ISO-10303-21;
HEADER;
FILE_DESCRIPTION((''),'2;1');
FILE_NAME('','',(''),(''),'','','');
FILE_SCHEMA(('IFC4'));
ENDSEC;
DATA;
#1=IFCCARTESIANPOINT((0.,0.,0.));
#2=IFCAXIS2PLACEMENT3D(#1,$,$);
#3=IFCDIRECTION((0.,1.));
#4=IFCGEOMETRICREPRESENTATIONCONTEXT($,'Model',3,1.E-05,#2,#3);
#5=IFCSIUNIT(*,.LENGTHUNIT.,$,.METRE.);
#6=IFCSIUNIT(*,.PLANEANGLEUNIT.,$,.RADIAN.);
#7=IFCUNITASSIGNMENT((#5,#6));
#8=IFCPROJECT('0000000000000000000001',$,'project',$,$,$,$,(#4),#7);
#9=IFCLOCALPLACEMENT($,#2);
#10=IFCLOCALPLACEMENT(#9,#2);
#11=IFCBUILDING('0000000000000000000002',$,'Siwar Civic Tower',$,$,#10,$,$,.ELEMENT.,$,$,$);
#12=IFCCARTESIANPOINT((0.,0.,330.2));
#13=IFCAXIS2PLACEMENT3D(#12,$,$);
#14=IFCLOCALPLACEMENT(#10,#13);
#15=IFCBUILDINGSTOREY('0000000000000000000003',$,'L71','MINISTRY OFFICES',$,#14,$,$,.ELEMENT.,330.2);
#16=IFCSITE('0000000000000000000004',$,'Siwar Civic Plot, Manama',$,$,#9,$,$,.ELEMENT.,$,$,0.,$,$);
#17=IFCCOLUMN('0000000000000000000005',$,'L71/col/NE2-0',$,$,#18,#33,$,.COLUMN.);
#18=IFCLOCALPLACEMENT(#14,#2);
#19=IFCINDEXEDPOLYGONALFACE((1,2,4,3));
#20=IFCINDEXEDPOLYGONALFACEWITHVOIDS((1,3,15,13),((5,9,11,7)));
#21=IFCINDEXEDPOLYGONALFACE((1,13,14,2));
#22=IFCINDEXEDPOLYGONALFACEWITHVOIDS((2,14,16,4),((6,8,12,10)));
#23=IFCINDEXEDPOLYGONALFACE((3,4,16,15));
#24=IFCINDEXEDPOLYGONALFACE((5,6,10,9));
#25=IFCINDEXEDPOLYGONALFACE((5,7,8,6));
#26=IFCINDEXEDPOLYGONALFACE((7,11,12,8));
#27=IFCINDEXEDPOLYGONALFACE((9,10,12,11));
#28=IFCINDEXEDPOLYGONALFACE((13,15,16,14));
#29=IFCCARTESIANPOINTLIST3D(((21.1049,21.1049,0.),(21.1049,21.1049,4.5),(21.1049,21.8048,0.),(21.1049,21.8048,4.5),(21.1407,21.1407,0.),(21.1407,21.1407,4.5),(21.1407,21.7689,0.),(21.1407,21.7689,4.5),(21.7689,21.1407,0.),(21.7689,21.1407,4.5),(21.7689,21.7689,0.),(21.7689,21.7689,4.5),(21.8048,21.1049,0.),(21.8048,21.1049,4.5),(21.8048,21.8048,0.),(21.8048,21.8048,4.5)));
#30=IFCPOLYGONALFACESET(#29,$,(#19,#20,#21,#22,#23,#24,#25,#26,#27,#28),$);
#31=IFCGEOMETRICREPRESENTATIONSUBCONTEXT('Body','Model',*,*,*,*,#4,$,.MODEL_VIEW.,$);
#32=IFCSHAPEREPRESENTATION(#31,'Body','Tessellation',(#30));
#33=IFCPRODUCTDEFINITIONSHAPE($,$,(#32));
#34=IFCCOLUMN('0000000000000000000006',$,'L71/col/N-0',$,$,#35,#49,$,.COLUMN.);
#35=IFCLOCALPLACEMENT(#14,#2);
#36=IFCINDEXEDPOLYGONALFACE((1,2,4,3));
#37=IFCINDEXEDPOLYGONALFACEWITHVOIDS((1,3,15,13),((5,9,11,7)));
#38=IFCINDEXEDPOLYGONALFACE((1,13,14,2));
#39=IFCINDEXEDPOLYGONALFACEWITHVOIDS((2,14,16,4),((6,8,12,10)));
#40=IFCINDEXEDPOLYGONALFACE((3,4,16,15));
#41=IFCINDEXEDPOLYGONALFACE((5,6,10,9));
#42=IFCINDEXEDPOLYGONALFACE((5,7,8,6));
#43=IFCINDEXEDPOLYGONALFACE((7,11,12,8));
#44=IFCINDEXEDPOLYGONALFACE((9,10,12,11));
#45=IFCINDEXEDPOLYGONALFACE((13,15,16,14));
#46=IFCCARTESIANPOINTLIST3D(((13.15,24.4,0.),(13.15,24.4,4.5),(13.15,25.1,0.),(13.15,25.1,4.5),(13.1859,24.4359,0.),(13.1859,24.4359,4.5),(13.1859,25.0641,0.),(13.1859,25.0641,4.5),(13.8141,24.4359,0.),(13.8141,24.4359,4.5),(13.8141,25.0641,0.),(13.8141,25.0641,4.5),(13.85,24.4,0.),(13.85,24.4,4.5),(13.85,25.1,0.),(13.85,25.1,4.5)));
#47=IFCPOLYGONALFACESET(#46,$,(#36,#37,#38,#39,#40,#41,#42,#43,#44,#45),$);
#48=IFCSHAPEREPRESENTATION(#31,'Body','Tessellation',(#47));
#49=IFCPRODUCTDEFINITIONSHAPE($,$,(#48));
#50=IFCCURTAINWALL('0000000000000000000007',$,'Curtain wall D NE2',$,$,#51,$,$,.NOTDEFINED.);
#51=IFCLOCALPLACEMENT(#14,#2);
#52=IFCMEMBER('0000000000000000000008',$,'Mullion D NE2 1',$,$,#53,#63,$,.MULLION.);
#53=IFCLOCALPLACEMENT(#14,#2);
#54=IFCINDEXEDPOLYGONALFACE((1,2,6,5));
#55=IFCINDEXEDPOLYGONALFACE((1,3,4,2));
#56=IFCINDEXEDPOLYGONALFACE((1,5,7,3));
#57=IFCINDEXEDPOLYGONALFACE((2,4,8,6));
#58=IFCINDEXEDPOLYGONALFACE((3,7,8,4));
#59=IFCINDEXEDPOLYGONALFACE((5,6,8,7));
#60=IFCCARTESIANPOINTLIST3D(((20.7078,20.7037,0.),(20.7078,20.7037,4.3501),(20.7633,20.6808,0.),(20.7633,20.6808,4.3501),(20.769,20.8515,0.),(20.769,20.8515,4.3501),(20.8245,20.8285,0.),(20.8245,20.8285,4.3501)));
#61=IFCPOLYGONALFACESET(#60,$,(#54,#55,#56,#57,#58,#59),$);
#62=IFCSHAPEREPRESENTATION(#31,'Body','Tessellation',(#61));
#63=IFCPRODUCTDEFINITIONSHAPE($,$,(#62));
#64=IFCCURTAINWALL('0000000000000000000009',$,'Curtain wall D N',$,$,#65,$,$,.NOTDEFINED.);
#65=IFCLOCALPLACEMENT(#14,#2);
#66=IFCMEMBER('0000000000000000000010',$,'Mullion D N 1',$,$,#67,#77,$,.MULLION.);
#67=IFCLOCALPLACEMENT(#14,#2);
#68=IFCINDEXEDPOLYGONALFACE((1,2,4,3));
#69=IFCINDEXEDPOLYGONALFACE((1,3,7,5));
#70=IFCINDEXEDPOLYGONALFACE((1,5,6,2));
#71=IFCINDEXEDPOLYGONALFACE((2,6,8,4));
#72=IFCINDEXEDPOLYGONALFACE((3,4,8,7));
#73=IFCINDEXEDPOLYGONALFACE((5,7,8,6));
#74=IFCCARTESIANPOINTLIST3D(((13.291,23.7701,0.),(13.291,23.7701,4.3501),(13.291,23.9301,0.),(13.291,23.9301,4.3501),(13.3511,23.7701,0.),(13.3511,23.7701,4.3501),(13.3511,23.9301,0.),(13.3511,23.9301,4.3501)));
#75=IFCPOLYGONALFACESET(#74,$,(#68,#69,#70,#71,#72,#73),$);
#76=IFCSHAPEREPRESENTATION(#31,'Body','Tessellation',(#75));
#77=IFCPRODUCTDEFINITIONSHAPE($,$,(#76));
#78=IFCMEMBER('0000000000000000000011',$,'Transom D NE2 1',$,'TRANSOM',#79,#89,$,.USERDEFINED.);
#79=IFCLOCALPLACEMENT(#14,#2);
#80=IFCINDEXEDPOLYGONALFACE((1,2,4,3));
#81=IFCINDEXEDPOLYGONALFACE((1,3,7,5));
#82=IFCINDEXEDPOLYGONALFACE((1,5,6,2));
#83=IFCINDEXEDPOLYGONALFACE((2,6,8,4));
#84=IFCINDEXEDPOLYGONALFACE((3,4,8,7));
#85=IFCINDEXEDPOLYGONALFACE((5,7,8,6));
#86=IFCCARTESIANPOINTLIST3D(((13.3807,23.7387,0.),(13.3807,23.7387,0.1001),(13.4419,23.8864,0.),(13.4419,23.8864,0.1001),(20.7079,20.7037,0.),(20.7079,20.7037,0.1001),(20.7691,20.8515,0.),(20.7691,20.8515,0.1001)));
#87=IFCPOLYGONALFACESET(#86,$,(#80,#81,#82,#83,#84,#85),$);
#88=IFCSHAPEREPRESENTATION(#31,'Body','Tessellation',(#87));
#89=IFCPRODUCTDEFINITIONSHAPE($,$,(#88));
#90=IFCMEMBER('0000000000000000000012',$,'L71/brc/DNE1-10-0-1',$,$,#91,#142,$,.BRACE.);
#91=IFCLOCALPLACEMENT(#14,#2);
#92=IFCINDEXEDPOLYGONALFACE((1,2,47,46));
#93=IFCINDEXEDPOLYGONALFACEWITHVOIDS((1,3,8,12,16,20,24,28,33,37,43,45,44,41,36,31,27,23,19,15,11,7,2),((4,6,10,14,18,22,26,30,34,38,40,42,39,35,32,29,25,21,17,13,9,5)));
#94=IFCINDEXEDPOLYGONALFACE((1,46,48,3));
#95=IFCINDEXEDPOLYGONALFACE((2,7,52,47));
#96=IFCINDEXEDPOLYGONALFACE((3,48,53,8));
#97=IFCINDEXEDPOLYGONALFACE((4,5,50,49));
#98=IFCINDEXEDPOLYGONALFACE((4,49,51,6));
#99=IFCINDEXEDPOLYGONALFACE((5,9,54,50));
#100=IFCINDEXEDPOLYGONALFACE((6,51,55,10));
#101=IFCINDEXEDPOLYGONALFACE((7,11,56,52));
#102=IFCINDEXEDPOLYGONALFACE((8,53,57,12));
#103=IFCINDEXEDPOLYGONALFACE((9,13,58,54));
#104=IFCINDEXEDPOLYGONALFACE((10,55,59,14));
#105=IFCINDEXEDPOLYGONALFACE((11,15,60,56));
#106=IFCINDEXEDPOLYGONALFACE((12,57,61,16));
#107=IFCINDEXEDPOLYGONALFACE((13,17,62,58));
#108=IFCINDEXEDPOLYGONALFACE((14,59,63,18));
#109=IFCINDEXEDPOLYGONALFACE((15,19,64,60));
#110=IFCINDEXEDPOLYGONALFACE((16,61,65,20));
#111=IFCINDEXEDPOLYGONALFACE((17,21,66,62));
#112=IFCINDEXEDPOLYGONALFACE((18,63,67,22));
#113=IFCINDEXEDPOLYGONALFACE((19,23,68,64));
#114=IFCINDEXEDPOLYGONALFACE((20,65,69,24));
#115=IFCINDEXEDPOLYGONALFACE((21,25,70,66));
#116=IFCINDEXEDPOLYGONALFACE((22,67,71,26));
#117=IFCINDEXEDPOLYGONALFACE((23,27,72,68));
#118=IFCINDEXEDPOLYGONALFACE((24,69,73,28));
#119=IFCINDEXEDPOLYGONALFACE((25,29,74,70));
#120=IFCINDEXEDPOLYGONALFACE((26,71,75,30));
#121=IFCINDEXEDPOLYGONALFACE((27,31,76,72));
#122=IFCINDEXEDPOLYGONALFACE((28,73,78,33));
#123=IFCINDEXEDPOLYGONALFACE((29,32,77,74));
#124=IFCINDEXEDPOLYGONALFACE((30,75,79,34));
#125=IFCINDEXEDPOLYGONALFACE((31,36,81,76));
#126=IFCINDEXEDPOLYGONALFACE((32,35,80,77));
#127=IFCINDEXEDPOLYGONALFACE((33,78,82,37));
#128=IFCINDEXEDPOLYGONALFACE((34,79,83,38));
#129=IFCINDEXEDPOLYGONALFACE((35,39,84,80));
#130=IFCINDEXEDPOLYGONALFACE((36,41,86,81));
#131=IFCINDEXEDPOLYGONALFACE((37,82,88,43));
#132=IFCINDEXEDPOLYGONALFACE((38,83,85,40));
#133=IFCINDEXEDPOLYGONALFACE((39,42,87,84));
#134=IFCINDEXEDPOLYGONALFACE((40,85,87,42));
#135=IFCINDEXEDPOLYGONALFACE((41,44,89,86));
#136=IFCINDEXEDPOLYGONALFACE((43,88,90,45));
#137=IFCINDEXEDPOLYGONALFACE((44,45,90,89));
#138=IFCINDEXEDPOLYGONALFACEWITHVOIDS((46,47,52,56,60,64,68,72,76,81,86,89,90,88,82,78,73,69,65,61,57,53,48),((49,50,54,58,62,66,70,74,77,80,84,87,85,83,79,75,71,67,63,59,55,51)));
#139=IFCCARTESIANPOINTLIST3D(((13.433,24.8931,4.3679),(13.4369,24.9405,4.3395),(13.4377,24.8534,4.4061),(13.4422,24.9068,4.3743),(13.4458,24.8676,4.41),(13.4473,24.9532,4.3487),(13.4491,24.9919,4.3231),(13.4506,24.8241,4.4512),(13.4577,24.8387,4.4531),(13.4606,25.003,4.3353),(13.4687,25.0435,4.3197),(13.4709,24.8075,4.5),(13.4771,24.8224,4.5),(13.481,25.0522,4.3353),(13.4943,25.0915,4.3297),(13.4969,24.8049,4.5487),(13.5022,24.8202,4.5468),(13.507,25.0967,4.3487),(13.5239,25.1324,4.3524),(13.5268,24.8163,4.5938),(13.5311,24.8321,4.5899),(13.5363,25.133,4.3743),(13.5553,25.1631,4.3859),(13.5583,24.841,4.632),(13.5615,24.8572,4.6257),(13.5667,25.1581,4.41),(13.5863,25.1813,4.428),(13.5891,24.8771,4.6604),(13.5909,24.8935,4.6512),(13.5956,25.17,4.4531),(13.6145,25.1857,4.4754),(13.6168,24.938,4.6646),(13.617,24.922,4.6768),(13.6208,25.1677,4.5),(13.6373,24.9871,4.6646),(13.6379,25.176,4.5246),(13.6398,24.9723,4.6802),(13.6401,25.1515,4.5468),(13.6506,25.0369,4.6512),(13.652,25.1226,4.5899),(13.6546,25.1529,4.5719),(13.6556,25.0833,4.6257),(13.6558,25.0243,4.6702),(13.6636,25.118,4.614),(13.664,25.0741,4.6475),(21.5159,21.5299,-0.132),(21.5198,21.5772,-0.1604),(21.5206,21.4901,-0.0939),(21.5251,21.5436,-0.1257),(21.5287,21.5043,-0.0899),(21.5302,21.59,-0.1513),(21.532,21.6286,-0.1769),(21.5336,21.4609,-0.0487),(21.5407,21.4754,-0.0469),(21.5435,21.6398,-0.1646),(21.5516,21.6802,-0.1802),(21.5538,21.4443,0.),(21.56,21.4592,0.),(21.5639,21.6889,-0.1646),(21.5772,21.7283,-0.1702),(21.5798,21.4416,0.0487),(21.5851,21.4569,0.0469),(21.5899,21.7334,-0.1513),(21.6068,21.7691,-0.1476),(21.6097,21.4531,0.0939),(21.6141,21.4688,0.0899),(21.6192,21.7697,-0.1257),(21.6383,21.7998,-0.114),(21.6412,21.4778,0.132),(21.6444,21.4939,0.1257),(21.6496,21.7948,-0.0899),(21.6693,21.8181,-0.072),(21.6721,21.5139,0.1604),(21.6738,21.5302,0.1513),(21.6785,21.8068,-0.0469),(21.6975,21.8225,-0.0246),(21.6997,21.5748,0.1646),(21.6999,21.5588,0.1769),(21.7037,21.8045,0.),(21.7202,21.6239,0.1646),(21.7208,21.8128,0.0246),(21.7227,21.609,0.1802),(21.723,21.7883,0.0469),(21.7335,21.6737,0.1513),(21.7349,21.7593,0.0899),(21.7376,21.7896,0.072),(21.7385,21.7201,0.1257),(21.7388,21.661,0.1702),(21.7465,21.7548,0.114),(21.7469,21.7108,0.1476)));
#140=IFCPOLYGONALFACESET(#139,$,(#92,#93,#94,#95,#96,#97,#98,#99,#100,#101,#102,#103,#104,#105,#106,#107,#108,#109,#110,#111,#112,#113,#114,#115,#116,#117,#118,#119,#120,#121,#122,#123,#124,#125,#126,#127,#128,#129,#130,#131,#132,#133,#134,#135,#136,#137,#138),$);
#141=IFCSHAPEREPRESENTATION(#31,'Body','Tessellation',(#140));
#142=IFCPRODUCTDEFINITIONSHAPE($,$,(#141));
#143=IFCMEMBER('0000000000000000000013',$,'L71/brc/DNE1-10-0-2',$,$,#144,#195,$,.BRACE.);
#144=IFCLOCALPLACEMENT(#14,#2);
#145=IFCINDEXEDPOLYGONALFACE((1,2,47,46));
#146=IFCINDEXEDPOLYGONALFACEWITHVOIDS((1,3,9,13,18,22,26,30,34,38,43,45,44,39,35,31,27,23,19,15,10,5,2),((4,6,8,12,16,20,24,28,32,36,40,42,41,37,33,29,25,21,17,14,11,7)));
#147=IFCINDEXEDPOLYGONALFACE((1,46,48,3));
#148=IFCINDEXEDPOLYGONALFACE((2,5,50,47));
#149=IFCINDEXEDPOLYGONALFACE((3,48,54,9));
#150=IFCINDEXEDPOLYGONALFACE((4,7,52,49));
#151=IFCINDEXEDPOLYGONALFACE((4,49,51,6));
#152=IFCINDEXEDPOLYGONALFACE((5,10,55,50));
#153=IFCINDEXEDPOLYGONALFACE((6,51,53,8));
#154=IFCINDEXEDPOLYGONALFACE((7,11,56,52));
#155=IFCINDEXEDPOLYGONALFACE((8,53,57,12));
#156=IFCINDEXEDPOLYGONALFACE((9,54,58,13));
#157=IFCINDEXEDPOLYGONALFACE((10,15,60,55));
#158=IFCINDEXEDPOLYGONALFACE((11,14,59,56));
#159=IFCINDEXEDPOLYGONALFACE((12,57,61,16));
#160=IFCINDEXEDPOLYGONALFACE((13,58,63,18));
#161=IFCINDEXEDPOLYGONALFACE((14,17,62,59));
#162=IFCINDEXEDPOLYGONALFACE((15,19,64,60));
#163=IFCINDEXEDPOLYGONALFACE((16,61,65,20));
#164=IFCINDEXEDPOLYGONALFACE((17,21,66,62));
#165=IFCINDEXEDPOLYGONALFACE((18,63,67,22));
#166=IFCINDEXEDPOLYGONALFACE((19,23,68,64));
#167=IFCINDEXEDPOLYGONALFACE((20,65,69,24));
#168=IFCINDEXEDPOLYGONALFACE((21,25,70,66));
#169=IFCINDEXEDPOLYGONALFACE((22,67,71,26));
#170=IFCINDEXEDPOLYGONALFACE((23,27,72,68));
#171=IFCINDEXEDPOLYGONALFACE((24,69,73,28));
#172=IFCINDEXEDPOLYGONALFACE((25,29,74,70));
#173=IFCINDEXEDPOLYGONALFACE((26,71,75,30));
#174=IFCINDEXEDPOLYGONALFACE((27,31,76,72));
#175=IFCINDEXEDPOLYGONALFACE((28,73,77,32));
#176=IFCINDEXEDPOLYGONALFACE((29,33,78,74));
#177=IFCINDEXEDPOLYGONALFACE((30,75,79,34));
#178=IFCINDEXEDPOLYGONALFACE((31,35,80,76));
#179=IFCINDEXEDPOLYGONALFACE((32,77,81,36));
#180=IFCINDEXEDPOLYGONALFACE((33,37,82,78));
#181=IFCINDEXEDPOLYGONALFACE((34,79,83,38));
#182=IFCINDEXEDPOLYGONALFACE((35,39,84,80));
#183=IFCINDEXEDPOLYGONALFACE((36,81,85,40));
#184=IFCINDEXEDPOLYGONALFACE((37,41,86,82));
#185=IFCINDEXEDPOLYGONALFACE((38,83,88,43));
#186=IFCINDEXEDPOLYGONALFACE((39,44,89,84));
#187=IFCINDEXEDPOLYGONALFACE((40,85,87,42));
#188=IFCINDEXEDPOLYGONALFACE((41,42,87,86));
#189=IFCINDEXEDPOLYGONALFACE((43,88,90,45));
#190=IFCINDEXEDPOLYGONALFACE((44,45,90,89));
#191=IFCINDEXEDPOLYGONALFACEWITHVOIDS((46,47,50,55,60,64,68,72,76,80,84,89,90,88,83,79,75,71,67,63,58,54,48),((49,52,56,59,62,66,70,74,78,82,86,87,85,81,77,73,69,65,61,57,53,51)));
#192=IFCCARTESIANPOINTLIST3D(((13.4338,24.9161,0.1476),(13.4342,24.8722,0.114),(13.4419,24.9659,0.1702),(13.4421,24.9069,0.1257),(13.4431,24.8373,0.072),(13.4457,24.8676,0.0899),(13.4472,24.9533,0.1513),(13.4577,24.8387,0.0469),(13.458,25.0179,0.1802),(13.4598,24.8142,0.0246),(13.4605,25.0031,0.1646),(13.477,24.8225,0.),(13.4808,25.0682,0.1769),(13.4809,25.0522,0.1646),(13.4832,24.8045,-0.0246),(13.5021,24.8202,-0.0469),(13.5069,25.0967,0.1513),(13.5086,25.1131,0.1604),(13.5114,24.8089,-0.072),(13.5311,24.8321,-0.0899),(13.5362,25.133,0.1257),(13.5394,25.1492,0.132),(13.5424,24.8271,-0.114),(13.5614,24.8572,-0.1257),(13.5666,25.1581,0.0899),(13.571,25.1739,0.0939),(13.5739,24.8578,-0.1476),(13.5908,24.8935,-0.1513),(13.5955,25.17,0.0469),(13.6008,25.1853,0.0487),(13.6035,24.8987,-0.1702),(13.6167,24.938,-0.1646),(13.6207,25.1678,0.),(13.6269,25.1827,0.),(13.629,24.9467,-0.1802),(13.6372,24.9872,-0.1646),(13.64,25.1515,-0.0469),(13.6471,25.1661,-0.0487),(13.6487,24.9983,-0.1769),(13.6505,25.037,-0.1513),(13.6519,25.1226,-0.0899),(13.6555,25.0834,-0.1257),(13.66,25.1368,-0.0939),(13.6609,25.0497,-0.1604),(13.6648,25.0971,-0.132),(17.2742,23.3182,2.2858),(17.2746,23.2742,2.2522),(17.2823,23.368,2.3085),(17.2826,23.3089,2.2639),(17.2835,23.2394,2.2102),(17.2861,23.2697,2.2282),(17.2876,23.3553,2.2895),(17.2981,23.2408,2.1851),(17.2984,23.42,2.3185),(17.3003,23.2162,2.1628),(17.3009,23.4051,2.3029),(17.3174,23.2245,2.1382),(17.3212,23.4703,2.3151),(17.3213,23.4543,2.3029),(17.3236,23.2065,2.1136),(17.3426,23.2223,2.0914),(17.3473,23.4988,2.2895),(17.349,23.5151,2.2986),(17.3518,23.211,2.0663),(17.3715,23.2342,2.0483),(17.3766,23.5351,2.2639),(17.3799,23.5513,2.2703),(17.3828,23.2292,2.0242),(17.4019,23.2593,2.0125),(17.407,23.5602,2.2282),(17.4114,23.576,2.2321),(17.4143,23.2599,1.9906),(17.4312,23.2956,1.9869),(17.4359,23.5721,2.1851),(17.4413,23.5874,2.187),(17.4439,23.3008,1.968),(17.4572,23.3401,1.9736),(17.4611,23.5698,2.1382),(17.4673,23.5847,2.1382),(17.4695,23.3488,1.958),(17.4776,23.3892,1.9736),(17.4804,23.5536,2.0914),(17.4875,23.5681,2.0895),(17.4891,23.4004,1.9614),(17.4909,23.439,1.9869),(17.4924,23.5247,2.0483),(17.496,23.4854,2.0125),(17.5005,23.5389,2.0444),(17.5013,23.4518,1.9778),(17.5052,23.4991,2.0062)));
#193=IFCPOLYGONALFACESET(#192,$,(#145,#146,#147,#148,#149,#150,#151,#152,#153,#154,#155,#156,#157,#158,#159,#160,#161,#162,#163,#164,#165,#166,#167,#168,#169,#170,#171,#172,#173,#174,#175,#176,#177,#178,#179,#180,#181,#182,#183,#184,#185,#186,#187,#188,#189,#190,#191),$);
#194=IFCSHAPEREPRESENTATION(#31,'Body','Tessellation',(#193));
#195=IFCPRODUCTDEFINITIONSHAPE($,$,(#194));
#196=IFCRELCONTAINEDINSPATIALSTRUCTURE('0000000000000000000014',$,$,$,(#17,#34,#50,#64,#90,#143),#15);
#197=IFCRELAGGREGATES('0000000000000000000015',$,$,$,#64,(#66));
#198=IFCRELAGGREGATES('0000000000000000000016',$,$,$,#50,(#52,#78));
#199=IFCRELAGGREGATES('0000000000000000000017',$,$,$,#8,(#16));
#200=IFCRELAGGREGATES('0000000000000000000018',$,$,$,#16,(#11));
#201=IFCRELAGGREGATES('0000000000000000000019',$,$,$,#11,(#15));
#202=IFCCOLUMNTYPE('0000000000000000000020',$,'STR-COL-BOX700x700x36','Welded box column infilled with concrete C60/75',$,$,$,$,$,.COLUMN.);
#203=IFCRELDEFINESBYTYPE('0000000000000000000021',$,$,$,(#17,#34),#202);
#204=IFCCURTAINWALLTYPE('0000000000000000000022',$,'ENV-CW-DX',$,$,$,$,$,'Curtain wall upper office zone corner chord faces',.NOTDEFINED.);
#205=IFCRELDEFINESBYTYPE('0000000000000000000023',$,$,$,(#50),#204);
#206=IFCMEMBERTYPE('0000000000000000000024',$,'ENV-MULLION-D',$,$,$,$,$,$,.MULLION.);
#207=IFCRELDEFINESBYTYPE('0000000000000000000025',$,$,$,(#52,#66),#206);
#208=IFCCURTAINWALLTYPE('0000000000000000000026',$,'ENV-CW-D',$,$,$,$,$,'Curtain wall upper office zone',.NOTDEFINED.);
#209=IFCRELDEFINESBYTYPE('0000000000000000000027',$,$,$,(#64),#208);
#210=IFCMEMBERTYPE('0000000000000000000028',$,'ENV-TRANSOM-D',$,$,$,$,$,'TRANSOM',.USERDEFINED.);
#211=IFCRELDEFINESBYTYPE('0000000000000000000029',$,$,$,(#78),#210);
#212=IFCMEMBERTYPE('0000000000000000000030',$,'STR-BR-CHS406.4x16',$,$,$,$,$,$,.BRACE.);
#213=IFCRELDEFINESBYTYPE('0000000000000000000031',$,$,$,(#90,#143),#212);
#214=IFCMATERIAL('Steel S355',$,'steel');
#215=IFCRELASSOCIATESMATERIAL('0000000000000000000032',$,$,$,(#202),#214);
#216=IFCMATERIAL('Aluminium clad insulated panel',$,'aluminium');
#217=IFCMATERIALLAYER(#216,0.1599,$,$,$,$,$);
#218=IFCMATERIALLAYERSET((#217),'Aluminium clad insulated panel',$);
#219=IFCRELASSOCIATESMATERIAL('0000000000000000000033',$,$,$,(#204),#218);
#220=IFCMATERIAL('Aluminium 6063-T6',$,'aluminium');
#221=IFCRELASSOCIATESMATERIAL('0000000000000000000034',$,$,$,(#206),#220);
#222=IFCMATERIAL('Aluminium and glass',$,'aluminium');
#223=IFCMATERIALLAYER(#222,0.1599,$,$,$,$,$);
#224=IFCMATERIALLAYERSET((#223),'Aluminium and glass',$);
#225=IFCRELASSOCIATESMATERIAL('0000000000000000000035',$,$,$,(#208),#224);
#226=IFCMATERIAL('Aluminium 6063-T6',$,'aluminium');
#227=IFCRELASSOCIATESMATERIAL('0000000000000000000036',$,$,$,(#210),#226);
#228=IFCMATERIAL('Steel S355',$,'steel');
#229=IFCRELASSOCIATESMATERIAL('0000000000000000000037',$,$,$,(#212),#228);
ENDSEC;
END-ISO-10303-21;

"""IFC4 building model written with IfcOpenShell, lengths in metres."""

from ifc_helpers import new_model, si_unit, direction, frame, origin, origin_2d, place, context, subcontext, project, spatial, rectangle, hollow_rectangle, hollow_circle, extrude, material, layer, layer_set, material_profile, profile_set, type_object, element, aggregate, save


model = new_model("IFC4")

# Units and contexts
model_context = context("Model", 3, precision=1e-05, world=origin(), true_north=direction((0.0, 1.0)))
body_context = subcontext(model_context, "Body", "Model", "MODEL_VIEW")
ifc_project = project(units=[si_unit("LENGTHUNIT", "METRE"), si_unit("PLANEANGLEUNIT", "RADIAN")], contexts=[model_context])

# Site, building, storey
site_placement = place(None, origin())
site = spatial("IfcSite", under=ifc_project, at=site_placement, Name="Siwar Civic Plot, Manama", CompositionType="ELEMENT", RefElevation=0.0)
building_placement = place(site_placement, origin())
building = spatial("IfcBuilding", under=site, at=building_placement, Name="Siwar Civic Tower", CompositionType="ELEMENT")
storey_placement = place(building_placement, frame((0.0, 0.0, 330.2)))
storey = spatial("IfcBuildingStorey", under=building, at=storey_placement, Name="L71", Description="MINISTRY OFFICES", CompositionType="ELEMENT", Elevation=330.2)

# Columns
ifc_material_1 = material(Name="Steel S355", Category="steel")
ifc_material_profile_1 = material_profile(ifc_material_1, hollow_rectangle(XDim=0.7, YDim=0.7, WallThickness=0.0359, at=origin_2d()), Name="BOX700x700x36")
ifc_profile_set_1 = profile_set([ifc_material_profile_1], Name="Steel S355")
column_type = type_object("IfcColumnType", Name="STR-COL-BOX700x700x36", Description="Welded box column infilled with concrete C60/75", PredefinedType="COLUMN", material=ifc_profile_set_1)
for number, where, z_axis, x_axis, name in (
    (1, (21.4548, 21.4548, 0.0), (0.0, 0.0, 1.0), (1.0, 0.0, 0.0), "L71/col/NE2-0"),
    (2, (13.5, 24.75, 0.0), (0.0, 0.0, 1.0), (1.0, 0.0, 0.0), "L71/col/N-0"),
):
    element("IfcColumn", number, at=place(storey_placement, frame(where, z_axis=z_axis, x_axis=x_axis)), inside=storey, type_object=column_type, Name=name, PredefinedType="COLUMN", context=body_context, shape_type="SweptSolid", body=[
        extrude(hollow_rectangle(XDim=0.7, YDim=0.7, WallThickness=0.0359, at=origin_2d()), origin(), (0.0, 0.0, 1.0), 4.5),
    ])

# Curtain walls, members
ifc_material_2 = material(Name="Aluminium clad insulated panel", Category="aluminium")
ifc_layer_1 = layer(ifc_material_2, 0.1599)
ifc_layer_set_1 = layer_set([ifc_layer_1], Name="Aluminium clad insulated panel")
curtain_wall_type_1 = type_object("IfcCurtainWallType", Name="ENV-CW-DX", ElementType="Curtain wall upper office zone corner chord faces", PredefinedType="NOTDEFINED", material=ifc_layer_set_1)
curtain_wall_1_placement = place(storey_placement, origin())
curtain_wall_1 = element("IfcCurtainWall", 3, at=curtain_wall_1_placement, inside=storey, type_object=curtain_wall_type_1, Name="Curtain wall D NE2", PredefinedType="NOTDEFINED")
ifc_material_3 = material(Name="Aluminium 6063-T6", Category="aluminium")
ifc_material_profile_2 = material_profile(ifc_material_3, rectangle(XDim=0.1599, YDim=0.0601, at=origin_2d()), Name="AL 160x60")
ifc_profile_set_2 = profile_set([ifc_material_profile_2], Name="Aluminium 6063-T6")
member_type_1 = type_object("IfcMemberType", Name="ENV-MULLION-D", PredefinedType="MULLION", material=ifc_profile_set_2)
member_1_placement = place(storey_placement, frame((20.7661, 20.7661, 0.0), z_axis=(0.0, 0.0, 1.0), x_axis=(-0.382683, -0.92388, 0.0)))
member_1 = element("IfcMember", 4, at=member_1_placement, type_object=member_type_1, Name="Mullion D NE2 1", PredefinedType="MULLION", context=body_context, shape_type="SweptSolid", body=[
    extrude(rectangle(XDim=0.1599, YDim=0.0601, at=origin_2d()), origin(), (0.0, 0.0, 1.0), 4.3501),
])
ifc_material_4 = material(Name="Aluminium and glass", Category="aluminium")
ifc_layer_2 = layer(ifc_material_4, 0.1599)
ifc_layer_set_2 = layer_set([ifc_layer_2], Name="Aluminium and glass")
curtain_wall_type_2 = type_object("IfcCurtainWallType", Name="ENV-CW-D", ElementType="Curtain wall upper office zone", PredefinedType="NOTDEFINED", material=ifc_layer_set_2)
curtain_wall_2_placement = place(storey_placement, origin())
curtain_wall_2 = element("IfcCurtainWall", 5, at=curtain_wall_2_placement, inside=storey, type_object=curtain_wall_type_2, Name="Curtain wall D N", PredefinedType="NOTDEFINED")
member_2_placement = place(storey_placement, frame((13.321, 23.8501, 0.0), z_axis=(0.0, 0.0, 1.0), x_axis=(0.0, -1.0, 0.0)))
member_2 = element("IfcMember", 6, at=member_2_placement, type_object=member_type_1, Name="Mullion D N 1", PredefinedType="MULLION", context=body_context, shape_type="SweptSolid", body=[
    extrude(rectangle(XDim=0.1599, YDim=0.0601, at=origin_2d()), origin(), (0.0, 0.0, 1.0), 4.3501),
])
aggregate(curtain_wall_2, [member_2])

# Member
ifc_material_5 = material(Name="Aluminium 6063-T6", Category="aluminium")
ifc_material_profile_3 = material_profile(ifc_material_5, rectangle(XDim=0.1599, YDim=0.1001, at=origin_2d()), Name="AL 160x100")
ifc_profile_set_3 = profile_set([ifc_material_profile_3], Name="Aluminium 6063-T6")
member_type_2 = type_object("IfcMemberType", Name="ENV-TRANSOM-D", ElementType="TRANSOM", PredefinedType="USERDEFINED", material=ifc_profile_set_3)
member_3_placement = place(storey_placement, frame((20.7385, 20.7776, 0.05), z_axis=(-0.923884, 0.382674, 0.0), x_axis=(-0.382674, -0.923884, 0.0)))
member_3 = element("IfcMember", 7, at=member_3_placement, type_object=member_type_2, Name="Transom D NE2 1", ObjectType="TRANSOM", PredefinedType="USERDEFINED", context=body_context, shape_type="SweptSolid", body=[
    extrude(rectangle(XDim=0.1599, YDim=0.1001, at=origin_2d()), origin(), (0.0, 0.0, 1.0), 7.9309),
])

# Members
ifc_material_6 = material(Name="Steel S355", Category="steel")
ifc_material_profile_4 = material_profile(ifc_material_6, hollow_circle(Radius=0.2031, WallThickness=0.0161, at=origin_2d()), Name="CHS406.4x16")
ifc_profile_set_4 = profile_set([ifc_material_profile_4], Name="Steel S355")
member_type_3 = type_object("IfcMemberType", Name="STR-BR-CHS406.4x16", PredefinedType="BRACE", material=ifc_profile_set_4)
member_4_placement = place(storey_placement, frame((21.6318, 21.6318, 0.0), z_axis=(-0.821143, 0.341671, 0.457149), x_axis=(-0.384164, -0.923265, 0.0)))
element("IfcMember", 8, at=member_4_placement, inside=storey, type_object=member_type_3, Name="L71/brc/DNE1-10-0-1", PredefinedType="BRACE", context=body_context, shape_type="SweptSolid", body=[
    extrude(hollow_circle(Radius=0.2031, WallThickness=0.0161, at=origin_2d()), origin(), (0.0, 0.0, 1.0), 9.8435),
])
for number, where, z_axis, x_axis, name in (
    (9, (13.5488, 24.9951, 0.0), (0.82113, -0.341659, 0.457181), (0.384157, 0.923268, 0.0), "L71/brc/DNE1-10-0-2"),
):
    element("IfcMember", number, at=place(storey_placement, frame(where, z_axis=z_axis, x_axis=x_axis)), inside=storey, type_object=member_type_3, Name=name, PredefinedType="BRACE", context=body_context, shape_type="SweptSolid", body=[
        extrude(hollow_circle(Radius=0.2031, WallThickness=0.0161, at=origin_2d()), origin(), (0.0, 0.0, 1.0), 4.677),
    ])

aggregate(curtain_wall_1, [member_1, member_3])

save(model, "model.ifc")
